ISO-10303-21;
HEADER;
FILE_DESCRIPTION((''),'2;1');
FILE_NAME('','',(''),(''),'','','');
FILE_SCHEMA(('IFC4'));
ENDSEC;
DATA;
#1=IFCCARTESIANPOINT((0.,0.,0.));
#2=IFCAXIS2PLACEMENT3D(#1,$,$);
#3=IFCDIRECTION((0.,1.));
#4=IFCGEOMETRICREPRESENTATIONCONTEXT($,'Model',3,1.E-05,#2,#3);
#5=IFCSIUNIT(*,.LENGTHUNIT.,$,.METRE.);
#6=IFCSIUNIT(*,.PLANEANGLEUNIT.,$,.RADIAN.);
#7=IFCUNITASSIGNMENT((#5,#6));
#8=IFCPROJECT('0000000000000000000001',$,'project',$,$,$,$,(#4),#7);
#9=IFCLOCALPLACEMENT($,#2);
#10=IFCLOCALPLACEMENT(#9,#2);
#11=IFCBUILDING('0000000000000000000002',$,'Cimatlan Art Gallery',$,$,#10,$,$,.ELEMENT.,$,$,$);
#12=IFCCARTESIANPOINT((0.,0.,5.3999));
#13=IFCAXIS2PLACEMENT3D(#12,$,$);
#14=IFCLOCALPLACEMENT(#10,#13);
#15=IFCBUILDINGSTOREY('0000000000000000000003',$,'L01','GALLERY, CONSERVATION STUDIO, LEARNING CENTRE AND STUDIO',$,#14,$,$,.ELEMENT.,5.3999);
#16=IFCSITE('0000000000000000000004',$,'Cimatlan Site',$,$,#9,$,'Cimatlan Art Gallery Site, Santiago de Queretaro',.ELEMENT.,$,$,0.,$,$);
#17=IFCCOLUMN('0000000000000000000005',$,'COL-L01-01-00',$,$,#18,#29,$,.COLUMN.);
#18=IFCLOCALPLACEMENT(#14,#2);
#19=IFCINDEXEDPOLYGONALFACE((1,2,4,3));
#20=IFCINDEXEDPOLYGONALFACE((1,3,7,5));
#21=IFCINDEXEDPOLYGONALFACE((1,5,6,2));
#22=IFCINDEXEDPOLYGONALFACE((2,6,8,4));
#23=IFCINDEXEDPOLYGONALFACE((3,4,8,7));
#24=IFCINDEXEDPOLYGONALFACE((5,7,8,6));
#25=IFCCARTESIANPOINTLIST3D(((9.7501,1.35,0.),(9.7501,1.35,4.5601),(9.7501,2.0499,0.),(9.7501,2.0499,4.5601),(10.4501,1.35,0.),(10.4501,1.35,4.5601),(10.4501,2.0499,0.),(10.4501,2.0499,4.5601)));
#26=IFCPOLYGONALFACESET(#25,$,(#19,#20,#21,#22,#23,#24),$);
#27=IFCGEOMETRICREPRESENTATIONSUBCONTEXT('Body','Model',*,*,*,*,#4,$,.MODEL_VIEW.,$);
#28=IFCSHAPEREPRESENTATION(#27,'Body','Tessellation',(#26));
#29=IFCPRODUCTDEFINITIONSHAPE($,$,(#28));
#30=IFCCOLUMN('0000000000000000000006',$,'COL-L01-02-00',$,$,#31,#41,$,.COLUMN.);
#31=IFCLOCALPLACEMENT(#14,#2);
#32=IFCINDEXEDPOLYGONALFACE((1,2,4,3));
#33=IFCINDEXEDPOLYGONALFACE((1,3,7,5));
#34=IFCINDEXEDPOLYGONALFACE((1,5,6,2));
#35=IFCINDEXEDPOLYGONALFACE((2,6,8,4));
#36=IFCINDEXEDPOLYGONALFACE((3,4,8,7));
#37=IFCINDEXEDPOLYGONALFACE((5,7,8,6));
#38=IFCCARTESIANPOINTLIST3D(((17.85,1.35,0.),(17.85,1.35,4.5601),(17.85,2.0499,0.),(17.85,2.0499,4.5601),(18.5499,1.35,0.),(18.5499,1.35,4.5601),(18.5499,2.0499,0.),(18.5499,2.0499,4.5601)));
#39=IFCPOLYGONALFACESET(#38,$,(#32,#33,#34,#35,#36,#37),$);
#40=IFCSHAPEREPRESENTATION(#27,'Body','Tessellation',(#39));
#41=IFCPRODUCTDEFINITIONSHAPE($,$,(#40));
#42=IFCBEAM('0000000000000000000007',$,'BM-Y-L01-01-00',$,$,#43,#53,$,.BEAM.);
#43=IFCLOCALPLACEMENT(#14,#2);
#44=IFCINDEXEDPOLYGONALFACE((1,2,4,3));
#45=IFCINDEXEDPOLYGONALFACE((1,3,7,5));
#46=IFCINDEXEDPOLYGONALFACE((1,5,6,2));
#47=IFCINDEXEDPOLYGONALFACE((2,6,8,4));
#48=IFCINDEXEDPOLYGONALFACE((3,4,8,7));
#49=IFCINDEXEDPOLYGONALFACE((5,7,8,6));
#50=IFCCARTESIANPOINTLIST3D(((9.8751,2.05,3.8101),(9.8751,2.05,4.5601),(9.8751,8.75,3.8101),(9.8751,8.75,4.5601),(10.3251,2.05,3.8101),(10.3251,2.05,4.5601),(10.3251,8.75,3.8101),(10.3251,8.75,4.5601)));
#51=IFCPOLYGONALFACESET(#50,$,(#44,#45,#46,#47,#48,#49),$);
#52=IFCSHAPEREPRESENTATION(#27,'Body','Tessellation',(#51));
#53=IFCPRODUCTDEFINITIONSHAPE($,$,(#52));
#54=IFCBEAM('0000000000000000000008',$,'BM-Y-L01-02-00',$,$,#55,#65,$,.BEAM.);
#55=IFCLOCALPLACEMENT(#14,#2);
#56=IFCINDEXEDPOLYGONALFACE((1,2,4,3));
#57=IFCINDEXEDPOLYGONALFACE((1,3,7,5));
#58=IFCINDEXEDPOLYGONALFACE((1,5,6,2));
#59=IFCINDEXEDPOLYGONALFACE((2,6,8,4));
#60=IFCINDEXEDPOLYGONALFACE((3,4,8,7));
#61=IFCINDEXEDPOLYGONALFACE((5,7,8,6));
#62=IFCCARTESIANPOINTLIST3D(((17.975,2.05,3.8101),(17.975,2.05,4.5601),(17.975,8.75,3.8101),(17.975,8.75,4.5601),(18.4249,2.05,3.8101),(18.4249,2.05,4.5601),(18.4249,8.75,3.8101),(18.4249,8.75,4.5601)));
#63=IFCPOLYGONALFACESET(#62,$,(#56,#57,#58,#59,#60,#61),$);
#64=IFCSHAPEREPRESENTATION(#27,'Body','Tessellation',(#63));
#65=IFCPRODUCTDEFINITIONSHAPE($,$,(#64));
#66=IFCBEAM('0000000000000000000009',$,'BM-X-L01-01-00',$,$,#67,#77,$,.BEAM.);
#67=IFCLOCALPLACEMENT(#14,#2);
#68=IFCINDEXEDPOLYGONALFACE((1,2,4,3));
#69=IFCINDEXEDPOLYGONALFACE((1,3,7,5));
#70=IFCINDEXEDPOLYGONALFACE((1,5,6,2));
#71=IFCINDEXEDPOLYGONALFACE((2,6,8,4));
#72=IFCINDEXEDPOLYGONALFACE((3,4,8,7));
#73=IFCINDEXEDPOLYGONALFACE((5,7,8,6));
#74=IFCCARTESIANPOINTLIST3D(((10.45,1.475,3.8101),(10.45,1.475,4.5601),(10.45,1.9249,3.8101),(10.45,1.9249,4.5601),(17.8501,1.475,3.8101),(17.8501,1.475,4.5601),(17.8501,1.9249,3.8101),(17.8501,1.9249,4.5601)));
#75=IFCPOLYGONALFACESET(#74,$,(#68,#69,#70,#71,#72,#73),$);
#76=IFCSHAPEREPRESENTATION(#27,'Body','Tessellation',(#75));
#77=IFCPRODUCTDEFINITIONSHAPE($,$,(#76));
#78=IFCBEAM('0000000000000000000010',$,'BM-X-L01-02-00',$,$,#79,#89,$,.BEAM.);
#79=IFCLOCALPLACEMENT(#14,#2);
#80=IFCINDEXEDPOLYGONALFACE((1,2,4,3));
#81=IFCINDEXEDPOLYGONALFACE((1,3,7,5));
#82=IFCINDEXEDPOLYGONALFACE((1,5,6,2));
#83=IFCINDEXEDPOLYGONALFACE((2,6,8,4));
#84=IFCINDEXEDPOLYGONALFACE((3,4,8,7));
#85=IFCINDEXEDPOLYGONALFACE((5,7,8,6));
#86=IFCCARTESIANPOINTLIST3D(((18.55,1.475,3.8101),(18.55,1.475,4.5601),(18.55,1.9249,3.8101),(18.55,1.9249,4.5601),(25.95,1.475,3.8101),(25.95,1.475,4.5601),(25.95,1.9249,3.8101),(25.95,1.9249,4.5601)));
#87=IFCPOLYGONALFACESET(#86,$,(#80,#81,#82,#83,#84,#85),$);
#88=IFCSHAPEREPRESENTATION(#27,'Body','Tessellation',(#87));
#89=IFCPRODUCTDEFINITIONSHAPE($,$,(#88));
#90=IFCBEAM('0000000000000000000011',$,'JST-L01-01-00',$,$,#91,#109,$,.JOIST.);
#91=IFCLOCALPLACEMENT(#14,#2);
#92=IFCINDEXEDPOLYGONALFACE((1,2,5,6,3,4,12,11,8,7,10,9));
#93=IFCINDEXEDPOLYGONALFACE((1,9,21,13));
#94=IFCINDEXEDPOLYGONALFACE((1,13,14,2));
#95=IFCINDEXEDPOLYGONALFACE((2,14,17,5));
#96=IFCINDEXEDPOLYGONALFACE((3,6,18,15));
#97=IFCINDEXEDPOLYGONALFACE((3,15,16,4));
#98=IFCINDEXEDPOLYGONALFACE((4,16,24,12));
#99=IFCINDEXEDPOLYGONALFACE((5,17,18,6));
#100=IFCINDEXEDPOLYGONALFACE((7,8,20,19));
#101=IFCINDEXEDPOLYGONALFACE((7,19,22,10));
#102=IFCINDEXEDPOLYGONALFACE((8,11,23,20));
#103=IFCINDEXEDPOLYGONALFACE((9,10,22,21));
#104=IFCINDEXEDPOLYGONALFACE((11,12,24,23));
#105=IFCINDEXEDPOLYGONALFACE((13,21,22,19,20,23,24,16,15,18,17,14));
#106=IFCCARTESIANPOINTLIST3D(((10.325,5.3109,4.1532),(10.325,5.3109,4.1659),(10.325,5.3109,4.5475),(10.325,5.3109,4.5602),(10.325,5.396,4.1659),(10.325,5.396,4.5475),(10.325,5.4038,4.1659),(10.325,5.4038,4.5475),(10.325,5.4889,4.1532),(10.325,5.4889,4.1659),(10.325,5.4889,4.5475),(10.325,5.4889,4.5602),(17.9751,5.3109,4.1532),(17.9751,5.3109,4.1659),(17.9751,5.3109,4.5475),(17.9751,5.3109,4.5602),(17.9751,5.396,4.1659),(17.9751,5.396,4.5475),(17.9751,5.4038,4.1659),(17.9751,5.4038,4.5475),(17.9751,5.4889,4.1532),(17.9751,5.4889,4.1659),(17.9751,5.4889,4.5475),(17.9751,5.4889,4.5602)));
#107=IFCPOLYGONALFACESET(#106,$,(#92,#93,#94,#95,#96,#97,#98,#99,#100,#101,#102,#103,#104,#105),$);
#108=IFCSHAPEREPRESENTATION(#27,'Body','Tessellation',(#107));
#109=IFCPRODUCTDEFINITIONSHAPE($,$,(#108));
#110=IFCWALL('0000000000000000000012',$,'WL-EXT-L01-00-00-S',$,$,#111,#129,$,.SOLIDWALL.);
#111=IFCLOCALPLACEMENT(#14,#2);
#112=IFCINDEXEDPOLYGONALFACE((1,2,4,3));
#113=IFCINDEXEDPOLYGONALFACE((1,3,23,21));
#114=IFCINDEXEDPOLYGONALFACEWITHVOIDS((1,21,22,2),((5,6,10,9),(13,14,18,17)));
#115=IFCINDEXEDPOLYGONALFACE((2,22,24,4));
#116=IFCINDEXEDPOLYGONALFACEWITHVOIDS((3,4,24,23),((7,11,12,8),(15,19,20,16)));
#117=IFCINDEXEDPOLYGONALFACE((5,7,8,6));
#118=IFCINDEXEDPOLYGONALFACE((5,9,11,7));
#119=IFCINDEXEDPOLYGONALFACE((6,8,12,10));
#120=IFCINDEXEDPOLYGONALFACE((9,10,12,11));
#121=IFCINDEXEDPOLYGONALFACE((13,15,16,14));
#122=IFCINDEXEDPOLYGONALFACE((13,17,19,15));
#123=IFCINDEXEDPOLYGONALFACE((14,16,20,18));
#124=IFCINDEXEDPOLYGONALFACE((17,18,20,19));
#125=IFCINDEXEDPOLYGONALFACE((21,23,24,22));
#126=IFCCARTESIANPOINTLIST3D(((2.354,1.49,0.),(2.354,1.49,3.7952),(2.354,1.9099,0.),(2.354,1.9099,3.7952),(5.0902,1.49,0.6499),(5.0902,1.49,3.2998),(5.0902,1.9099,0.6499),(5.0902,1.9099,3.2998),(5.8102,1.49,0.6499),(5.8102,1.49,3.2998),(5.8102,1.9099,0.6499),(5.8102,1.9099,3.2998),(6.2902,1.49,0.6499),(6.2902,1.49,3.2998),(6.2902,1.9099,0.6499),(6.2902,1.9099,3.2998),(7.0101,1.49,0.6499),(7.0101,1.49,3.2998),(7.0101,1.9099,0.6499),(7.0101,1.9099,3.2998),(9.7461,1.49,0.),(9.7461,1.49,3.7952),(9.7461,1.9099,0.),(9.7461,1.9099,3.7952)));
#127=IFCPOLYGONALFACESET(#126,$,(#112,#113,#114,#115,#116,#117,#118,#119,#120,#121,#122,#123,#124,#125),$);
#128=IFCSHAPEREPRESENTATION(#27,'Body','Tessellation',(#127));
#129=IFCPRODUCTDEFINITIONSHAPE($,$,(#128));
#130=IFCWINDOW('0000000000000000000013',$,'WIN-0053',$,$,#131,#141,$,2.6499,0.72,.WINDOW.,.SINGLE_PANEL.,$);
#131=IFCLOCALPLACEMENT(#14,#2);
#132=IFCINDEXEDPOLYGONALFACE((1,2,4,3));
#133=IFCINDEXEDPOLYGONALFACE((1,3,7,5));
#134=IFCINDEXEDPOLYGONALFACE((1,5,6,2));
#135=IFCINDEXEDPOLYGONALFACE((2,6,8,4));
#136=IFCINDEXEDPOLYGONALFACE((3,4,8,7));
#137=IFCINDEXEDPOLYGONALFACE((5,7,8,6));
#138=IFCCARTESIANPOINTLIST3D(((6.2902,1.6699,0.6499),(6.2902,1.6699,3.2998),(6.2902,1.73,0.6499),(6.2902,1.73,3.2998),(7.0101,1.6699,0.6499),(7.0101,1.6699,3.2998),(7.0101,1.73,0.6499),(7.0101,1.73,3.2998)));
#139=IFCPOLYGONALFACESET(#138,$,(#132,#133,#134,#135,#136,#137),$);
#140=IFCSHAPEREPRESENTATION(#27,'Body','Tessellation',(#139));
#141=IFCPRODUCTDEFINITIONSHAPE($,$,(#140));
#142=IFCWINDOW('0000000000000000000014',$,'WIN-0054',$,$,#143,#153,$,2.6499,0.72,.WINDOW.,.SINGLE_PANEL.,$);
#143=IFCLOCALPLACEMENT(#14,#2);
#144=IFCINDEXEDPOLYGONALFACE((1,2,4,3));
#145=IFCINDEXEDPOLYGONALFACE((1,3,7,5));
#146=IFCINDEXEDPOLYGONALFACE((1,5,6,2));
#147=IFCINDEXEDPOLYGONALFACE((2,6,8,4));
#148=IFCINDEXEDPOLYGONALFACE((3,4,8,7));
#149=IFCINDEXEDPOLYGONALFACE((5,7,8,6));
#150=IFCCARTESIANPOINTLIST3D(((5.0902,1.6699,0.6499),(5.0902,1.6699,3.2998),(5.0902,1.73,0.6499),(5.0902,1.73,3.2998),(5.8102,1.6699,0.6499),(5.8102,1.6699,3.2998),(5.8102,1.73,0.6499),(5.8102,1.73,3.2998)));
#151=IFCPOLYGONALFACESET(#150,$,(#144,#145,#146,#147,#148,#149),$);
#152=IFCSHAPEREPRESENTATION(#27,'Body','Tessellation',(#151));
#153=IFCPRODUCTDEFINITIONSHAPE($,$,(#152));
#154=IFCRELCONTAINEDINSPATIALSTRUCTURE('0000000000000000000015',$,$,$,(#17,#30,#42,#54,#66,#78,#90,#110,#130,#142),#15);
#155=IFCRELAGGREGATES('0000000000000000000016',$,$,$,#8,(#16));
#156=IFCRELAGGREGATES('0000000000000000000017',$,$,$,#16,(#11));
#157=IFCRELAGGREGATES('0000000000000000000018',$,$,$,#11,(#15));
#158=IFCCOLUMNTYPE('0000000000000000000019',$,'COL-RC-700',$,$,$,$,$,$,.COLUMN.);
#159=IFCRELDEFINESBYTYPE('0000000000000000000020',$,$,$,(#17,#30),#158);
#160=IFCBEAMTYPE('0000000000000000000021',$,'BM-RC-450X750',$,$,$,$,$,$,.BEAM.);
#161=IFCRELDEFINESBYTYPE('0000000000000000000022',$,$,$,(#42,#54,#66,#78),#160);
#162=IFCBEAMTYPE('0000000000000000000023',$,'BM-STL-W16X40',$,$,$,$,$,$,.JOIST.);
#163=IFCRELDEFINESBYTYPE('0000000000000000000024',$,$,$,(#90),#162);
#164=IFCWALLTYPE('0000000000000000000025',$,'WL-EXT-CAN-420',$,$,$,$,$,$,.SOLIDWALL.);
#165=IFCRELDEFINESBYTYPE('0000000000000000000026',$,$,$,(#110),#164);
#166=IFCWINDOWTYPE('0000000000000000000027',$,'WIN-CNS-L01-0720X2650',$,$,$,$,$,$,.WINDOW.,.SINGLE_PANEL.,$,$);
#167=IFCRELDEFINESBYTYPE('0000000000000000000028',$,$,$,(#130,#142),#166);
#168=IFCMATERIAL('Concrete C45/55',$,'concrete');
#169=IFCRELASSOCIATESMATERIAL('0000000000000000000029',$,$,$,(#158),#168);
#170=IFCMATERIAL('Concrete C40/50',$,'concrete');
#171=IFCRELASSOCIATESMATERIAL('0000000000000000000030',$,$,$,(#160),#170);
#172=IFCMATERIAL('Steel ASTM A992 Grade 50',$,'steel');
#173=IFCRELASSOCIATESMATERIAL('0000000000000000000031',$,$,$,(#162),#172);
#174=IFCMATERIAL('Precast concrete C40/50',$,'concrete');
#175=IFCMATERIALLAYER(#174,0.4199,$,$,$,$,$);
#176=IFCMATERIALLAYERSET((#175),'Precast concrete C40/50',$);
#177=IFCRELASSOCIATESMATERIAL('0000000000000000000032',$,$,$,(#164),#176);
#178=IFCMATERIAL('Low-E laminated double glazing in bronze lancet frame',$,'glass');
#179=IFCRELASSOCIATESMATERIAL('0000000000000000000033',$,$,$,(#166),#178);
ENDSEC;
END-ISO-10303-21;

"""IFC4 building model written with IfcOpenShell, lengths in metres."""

from ifc_helpers import new_model, si_unit, direction, frame, frame_2d, origin, origin_2d, place, context, subcontext, project, spatial, rectangle, i_section, extrude, material, layer, layer_set, material_profile, profile_set, type_object, element, fill, save


model = new_model("IFC4")

# Units and contexts
model_context = context("Model", 3, precision=1e-05, world=origin(), true_north=direction((0.0, 1.0)))
body_context = subcontext(model_context, "Body", "Model", "MODEL_VIEW")
ifc_project = project(units=[si_unit("LENGTHUNIT", "METRE"), si_unit("PLANEANGLEUNIT", "RADIAN")], contexts=[model_context])

# Site, building, storey
site_placement = place(None, origin())
site = spatial("IfcSite", under=ifc_project, at=site_placement, Name="Cimatlan Site", LongName="Cimatlan Art Gallery Site, Santiago de Queretaro", CompositionType="ELEMENT", RefElevation=0.0)
building_placement = place(site_placement, origin())
building = spatial("IfcBuilding", under=site, at=building_placement, Name="Cimatlan Art Gallery", CompositionType="ELEMENT")
storey_placement = place(building_placement, frame((0.0, 0.0, 5.3999)))
storey = spatial("IfcBuildingStorey", under=building, at=storey_placement, Name="L01", Description="GALLERY, CONSERVATION STUDIO, LEARNING CENTRE AND STUDIO", CompositionType="ELEMENT", Elevation=5.3999)

# Columns
ifc_material_1 = material(Name="Concrete C45/55", Category="concrete")
ifc_material_profile_1 = material_profile(ifc_material_1, rectangle(XDim=0.7, YDim=0.7, at=origin_2d()), Name="RC700X700")
ifc_profile_set_1 = profile_set([ifc_material_profile_1], Name="Concrete C45/55")
column_type = type_object("IfcColumnType", Name="COL-RC-700", PredefinedType="COLUMN", material=ifc_profile_set_1)
for number, where, z_axis, x_axis, name in (
    (1, (10.1001, 1.7, 0.0), (0.0, 0.0, 1.0), (1.0, 0.0, 0.0), "COL-L01-01-00"),
    (2, (18.2, 1.7, 0.0), (0.0, 0.0, 1.0), (1.0, 0.0, 0.0), "COL-L01-02-00"),
):
    element("IfcColumn", number, at=place(storey_placement, frame(where, z_axis=z_axis, x_axis=x_axis)), inside=storey, type_object=column_type, Name=name, PredefinedType="COLUMN", context=body_context, shape_type="SweptSolid", body=[
        extrude(rectangle(XDim=0.7, YDim=0.7, at=origin_2d()), origin(), (0.0, 0.0, 1.0), 4.5601),
    ])

# Beams
ifc_material_2 = material(Name="Concrete C40/50", Category="concrete")
ifc_material_profile_2 = material_profile(ifc_material_2, rectangle(XDim=0.45, YDim=0.75, at=origin_2d()), Name="RC450X750")
ifc_profile_set_2 = profile_set([ifc_material_profile_2], Name="Concrete C40/50")
beam_type_1 = type_object("IfcBeamType", Name="BM-RC-450X750", PredefinedType="BEAM", material=ifc_profile_set_2)
for number, where, z_axis, x_axis, name in (
    (3, (10.1001, 2.05, 4.1851), (0.0, 1.0, 0.0), (-1.0, 0.0, 0.0), "BM-Y-L01-01-00"),
    (4, (18.2, 2.05, 4.1851), (0.0, 1.0, 0.0), (-1.0, 0.0, 0.0), "BM-Y-L01-02-00"),
):
    element("IfcBeam", number, at=place(storey_placement, frame(where, z_axis=z_axis, x_axis=x_axis)), inside=storey, type_object=beam_type_1, Name=name, PredefinedType="BEAM", context=body_context, shape_type="SweptSolid", body=[
        extrude(rectangle(XDim=0.45, YDim=0.75, at=origin_2d()), origin(), (0.0, 0.0, 1.0), 6.7),
    ])
beam_1_placement = place(storey_placement, frame((10.45, 1.7, 4.1851), z_axis=(1.0, 0.0, 0.0), x_axis=(0.0, 1.0, 0.0)))
element("IfcBeam", 5, at=beam_1_placement, inside=storey, type_object=beam_type_1, Name="BM-X-L01-01-00", PredefinedType="BEAM", context=body_context, shape_type="SweptSolid", body=[
    extrude(rectangle(XDim=0.45, YDim=0.75, at=origin_2d()), origin(), (0.0, 0.0, 1.0), 7.4001),
])
beam_2_placement = place(storey_placement, frame((18.55, 1.7, 4.1851), z_axis=(1.0, 0.0, 0.0), x_axis=(0.0, 1.0, 0.0)))
element("IfcBeam", 6, at=beam_2_placement, inside=storey, type_object=beam_type_1, Name="BM-X-L01-02-00", PredefinedType="BEAM", context=body_context, shape_type="SweptSolid", body=[
    extrude(rectangle(XDim=0.45, YDim=0.75, at=origin_2d()), origin(), (0.0, 0.0, 1.0), 7.3999),
])
ifc_material_3 = material(Name="Steel ASTM A992 Grade 50", Category="steel")
ifc_material_profile_3 = material_profile(ifc_material_3, i_section(OverallWidth=0.178, OverallDepth=0.407, WebThickness=0.0078, FlangeThickness=0.0127, at=origin_2d()), Name="W16X40")
ifc_profile_set_3 = profile_set([ifc_material_profile_3], Name="Steel ASTM A992 Grade 50")
beam_type_2 = type_object("IfcBeamType", Name="BM-STL-W16X40", PredefinedType="JOIST", material=ifc_profile_set_3)
beam_3_placement = place(storey_placement, frame((10.325, 5.3999, 4.3567), z_axis=(1.0, 0.0, 0.0), x_axis=(0.0, 1.0, 0.0)))
element("IfcBeam", 7, at=beam_3_placement, inside=storey, type_object=beam_type_2, Name="JST-L01-01-00", PredefinedType="JOIST", context=body_context, shape_type="SweptSolid", body=[
    extrude(i_section(OverallWidth=0.178, OverallDepth=0.407, WebThickness=0.0078, FlangeThickness=0.0127, at=origin_2d()), origin(), (0.0, 0.0, 1.0), 7.6501),
])

# Wall, openings, windows
ifc_material_4 = material(Name="Precast concrete C40/50", Category="concrete")
ifc_layer_1 = layer(ifc_material_4, 0.4199)
ifc_layer_set_1 = layer_set([ifc_layer_1], Name="Precast concrete C40/50")
wall_type = type_object("IfcWallType", Name="WL-EXT-CAN-420", PredefinedType="SOLIDWALL", material=ifc_layer_set_1)
wall_1_placement = place(storey_placement, frame((9.7461, 1.7, 0.0), z_axis=(0.0, 0.0, 1.0), x_axis=(-1.0, 0.0, 0.0)))
wall_1 = element("IfcWall", 8, at=wall_1_placement, inside=storey, type_object=wall_type, Name="WL-EXT-L01-00-00-S", PredefinedType="SOLIDWALL", context=body_context, shape_type="SweptSolid", body=[
    extrude(rectangle(XDim=7.3921, YDim=0.4199, at=frame_2d((3.696, 0.0))), origin(), (0.0, 0.0, 1.0), 3.7952),
])
opening_1_placement = place(wall_1_placement, frame((2.7361, 0.0, 0.6499)))
opening_1 = element("IfcOpeningElement", 9, at=opening_1_placement, cuts=wall_1, PredefinedType="OPENING", context=body_context, shape_type="SweptSolid", body=[
    extrude(rectangle(XDim=0.72, YDim=2.6499, at=frame_2d((0.3599, 1.325))), frame((0.0, 0.22, 0.0), z_axis=(0.0, -1.0, 0.0), x_axis=(1.0, 0.0, 0.0)), (0.0, 0.0, 1.0), 0.4399),
])
opening_2_placement = place(wall_1_placement, frame((3.936, 0.0, 0.6499)))
opening_2 = element("IfcOpeningElement", 10, at=opening_2_placement, cuts=wall_1, PredefinedType="OPENING", context=body_context, shape_type="SweptSolid", body=[
    extrude(rectangle(XDim=0.72, YDim=2.6499, at=frame_2d((0.3599, 1.325))), frame((0.0, 0.22, 0.0), z_axis=(0.0, -1.0, 0.0), x_axis=(1.0, 0.0, 0.0)), (0.0, 0.0, 1.0), 0.4399),
])
ifc_material_5 = material(Name="Low-E laminated double glazing in bronze lancet frame", Category="glass")
window_type = type_object("IfcWindowType", Name="WIN-CNS-L01-0720X2650", PartitioningType="SINGLE_PANEL", PredefinedType="WINDOW", material=ifc_material_5)
window_1_placement = place(opening_1_placement, origin())
window_1 = element("IfcWindow", 11, at=window_1_placement, inside=storey, type_object=window_type, Name="WIN-0053", OverallHeight=2.6499, OverallWidth=0.72, PartitioningType="SINGLE_PANEL", PredefinedType="WINDOW", context=body_context, shape_type="SweptSolid", body=[
    extrude(rectangle(XDim=0.72, YDim=2.6499, at=frame_2d((0.3599, 1.325))), frame((0.0, 0.03, 0.0), z_axis=(0.0, -1.0, 0.0), x_axis=(1.0, 0.0, 0.0)), (0.0, 0.0, 1.0), 0.0601),
])
fill(opening_1, window_1)
window_2_placement = place(opening_2_placement, origin())
window_2 = element("IfcWindow", 12, at=window_2_placement, inside=storey, type_object=window_type, Name="WIN-0054", OverallHeight=2.6499, OverallWidth=0.72, PartitioningType="SINGLE_PANEL", PredefinedType="WINDOW", context=body_context, shape_type="SweptSolid", body=[
    extrude(rectangle(XDim=0.72, YDim=2.6499, at=frame_2d((0.3599, 1.325))), frame((0.0, 0.03, 0.0), z_axis=(0.0, -1.0, 0.0), x_axis=(1.0, 0.0, 0.0)), (0.0, 0.0, 1.0), 0.0601),
])
fill(opening_2, window_2)

save(model, "model.ifc")
